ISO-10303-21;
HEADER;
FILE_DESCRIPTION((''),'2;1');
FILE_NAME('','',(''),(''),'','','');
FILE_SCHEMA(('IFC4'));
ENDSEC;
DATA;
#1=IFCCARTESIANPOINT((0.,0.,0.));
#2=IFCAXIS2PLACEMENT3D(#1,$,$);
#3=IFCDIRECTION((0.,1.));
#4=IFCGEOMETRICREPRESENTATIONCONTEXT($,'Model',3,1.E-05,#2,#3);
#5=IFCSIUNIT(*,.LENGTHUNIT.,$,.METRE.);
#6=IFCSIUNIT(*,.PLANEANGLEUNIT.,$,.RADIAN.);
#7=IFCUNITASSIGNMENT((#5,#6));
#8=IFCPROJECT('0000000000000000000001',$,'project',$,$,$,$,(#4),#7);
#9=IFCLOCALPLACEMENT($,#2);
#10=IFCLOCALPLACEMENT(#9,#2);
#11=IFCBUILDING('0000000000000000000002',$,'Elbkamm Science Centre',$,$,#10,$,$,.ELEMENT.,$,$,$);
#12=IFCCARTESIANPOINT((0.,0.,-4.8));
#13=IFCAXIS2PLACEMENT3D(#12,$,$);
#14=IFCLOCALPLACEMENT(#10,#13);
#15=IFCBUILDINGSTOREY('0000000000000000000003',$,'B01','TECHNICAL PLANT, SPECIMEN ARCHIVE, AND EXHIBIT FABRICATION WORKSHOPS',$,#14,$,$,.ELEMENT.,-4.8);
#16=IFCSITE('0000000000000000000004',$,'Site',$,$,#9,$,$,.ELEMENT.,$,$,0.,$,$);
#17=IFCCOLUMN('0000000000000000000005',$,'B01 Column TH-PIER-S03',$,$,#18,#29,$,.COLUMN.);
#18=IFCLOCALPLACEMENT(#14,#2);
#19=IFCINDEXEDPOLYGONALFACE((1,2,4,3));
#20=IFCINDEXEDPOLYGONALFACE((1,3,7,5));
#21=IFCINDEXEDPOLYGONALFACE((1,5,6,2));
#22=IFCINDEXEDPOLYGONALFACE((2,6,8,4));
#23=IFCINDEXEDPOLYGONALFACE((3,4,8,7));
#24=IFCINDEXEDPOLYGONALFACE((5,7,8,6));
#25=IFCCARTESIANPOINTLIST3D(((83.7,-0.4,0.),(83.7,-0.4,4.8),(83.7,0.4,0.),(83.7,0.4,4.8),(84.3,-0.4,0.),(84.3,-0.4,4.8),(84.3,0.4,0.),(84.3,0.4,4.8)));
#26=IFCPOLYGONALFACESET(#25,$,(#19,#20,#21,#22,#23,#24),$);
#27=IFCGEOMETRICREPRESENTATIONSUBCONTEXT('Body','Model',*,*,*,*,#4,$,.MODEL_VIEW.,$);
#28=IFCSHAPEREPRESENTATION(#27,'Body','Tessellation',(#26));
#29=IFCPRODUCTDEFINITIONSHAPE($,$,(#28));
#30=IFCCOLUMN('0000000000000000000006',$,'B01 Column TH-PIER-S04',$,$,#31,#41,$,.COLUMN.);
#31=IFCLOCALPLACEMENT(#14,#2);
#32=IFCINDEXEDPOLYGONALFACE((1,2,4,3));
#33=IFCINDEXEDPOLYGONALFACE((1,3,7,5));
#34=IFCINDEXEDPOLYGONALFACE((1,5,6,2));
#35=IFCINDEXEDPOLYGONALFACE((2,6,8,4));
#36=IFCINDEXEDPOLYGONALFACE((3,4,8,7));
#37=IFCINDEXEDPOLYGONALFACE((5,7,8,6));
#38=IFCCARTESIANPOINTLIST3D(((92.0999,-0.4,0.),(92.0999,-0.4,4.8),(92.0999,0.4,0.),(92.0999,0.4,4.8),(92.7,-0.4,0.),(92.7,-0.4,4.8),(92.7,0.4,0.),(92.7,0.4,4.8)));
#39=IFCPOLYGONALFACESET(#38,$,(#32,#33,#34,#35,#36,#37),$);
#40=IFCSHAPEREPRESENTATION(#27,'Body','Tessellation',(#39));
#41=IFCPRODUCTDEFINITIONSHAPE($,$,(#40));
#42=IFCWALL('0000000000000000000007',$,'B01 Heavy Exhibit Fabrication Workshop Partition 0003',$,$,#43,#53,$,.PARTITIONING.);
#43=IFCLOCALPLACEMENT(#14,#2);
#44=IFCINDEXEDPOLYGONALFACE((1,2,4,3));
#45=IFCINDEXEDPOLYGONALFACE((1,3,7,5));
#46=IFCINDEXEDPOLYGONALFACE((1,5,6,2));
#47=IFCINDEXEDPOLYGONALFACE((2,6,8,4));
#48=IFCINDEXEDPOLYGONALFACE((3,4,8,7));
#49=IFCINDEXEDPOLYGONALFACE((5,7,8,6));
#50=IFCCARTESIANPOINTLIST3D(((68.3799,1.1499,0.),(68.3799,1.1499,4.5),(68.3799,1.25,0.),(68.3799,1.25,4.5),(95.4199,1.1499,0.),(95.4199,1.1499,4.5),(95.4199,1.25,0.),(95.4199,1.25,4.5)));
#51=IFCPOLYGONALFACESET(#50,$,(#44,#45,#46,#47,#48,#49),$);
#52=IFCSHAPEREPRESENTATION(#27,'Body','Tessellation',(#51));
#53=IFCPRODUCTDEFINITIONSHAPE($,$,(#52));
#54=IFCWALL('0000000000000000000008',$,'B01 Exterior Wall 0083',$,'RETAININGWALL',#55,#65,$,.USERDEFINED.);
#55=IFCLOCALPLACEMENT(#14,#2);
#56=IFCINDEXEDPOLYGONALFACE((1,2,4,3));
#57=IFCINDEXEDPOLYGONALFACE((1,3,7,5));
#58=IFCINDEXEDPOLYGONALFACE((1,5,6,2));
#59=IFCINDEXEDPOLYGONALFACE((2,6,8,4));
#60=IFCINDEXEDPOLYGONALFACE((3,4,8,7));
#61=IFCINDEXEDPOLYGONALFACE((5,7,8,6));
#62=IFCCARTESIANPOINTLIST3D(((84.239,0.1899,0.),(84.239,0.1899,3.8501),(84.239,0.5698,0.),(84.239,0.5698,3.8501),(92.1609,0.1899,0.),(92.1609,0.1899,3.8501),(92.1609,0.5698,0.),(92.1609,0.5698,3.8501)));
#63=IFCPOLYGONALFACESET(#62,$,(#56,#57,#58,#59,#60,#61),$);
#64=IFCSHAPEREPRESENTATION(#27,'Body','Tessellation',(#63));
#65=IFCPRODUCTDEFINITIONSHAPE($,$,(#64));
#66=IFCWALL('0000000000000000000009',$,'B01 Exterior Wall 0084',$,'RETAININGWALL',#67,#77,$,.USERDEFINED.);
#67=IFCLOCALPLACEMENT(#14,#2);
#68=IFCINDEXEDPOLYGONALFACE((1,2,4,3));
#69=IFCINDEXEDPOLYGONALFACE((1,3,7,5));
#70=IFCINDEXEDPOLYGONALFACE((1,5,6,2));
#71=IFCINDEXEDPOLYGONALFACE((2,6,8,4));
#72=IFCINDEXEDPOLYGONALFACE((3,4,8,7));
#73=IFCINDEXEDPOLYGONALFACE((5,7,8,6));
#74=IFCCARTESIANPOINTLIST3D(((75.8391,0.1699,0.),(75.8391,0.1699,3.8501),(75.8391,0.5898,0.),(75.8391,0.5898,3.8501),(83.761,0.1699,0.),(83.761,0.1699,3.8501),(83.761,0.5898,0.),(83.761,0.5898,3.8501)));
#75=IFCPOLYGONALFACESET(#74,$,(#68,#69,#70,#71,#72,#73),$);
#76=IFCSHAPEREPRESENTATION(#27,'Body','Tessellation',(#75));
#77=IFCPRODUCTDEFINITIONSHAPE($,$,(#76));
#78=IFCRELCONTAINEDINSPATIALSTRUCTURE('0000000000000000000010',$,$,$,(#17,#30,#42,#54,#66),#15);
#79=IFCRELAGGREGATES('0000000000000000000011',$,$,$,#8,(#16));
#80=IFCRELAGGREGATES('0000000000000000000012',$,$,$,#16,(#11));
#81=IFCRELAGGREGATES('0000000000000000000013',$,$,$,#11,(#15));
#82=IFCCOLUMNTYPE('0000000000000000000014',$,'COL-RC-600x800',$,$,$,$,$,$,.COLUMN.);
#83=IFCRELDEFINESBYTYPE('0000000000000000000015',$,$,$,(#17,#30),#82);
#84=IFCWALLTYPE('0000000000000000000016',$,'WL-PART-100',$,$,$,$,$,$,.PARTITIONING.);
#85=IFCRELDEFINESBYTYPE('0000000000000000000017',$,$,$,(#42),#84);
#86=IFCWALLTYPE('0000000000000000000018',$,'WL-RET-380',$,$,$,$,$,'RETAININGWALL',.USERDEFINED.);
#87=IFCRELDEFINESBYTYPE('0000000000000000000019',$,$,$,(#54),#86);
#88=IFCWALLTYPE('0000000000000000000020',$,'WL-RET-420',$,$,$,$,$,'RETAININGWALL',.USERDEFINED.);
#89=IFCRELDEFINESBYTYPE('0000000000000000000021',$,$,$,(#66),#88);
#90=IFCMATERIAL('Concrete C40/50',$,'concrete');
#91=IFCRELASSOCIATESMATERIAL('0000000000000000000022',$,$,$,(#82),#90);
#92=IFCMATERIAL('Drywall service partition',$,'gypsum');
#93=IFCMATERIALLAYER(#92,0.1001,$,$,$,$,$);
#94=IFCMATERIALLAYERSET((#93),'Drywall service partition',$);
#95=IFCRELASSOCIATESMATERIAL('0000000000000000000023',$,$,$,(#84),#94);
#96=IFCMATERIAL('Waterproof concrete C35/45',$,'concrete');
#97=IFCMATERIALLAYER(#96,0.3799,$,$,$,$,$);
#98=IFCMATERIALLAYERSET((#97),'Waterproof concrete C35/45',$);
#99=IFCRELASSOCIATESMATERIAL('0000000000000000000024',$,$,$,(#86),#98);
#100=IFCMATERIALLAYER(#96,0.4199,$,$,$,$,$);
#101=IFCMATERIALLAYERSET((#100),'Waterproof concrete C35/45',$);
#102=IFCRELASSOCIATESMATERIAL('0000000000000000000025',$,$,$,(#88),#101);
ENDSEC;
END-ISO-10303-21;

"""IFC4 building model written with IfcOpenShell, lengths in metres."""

from ifc_helpers import new_model, si_unit, direction, frame, frame_2d, origin, origin_2d, place, context, subcontext, project, spatial, rectangle, extrude, material, layer, layer_set, material_profile, profile_set, type_object, element, save


model = new_model("IFC4")

# Units and contexts
model_context = context("Model", 3, precision=1e-05, world=origin(), true_north=direction((0.0, 1.0)))
body_context = subcontext(model_context, "Body", "Model", "MODEL_VIEW")
ifc_project = project(units=[si_unit("LENGTHUNIT", "METRE"), si_unit("PLANEANGLEUNIT", "RADIAN")], contexts=[model_context])

# Site, building, storey
site_placement = place(None, origin())
site = spatial("IfcSite", under=ifc_project, at=site_placement, Name="Site", CompositionType="ELEMENT", RefElevation=0.0)
building_placement = place(site_placement, origin())
building = spatial("IfcBuilding", under=site, at=building_placement, Name="Elbkamm Science Centre", CompositionType="ELEMENT")
storey_placement = place(building_placement, frame((0.0, 0.0, -4.8)))
storey = spatial("IfcBuildingStorey", under=building, at=storey_placement, Name="B01", Description="TECHNICAL PLANT, SPECIMEN ARCHIVE, AND EXHIBIT FABRICATION WORKSHOPS", CompositionType="ELEMENT", Elevation=-4.8)

# Columns
ifc_material_1 = material(Name="Concrete C40/50", Category="concrete")
ifc_material_profile_1 = material_profile(ifc_material_1, rectangle(XDim=0.6001, YDim=0.8, at=origin_2d()), Name="RC 600x800")
ifc_profile_set_1 = profile_set([ifc_material_profile_1], Name="Concrete C40/50")
column_type_1 = type_object("IfcColumnType", Name="COL-RC-600x800", PredefinedType="COLUMN", material=ifc_profile_set_1)
for number, where, z_axis, x_axis, name in (
    (1, (84.0, 0.0, 0.0), (0.0, 0.0, 1.0), (1.0, 0.0, 0.0), "B01 Column TH-PIER-S03"),
    (2, (92.3999, 0.0, 0.0), (0.0, 0.0, 1.0), (1.0, 0.0, 0.0), "B01 Column TH-PIER-S04"),
):
    element("IfcColumn", number, at=place(storey_placement, frame(where, z_axis=z_axis, x_axis=x_axis)), inside=storey, type_object=column_type_1, Name=name, PredefinedType="COLUMN", context=body_context, shape_type="SweptSolid", body=[
        extrude(rectangle(XDim=0.6001, YDim=0.8, at=origin_2d()), origin(), (0.0, 0.0, 1.0), 4.8),
    ])

# Walls
ifc_material_2 = material(Name="Drywall service partition", Category="gypsum")
ifc_layer_1 = layer(ifc_material_2, 0.1001)
ifc_layer_set_1 = layer_set([ifc_layer_1], Name="Drywall service partition")
wall_type_1 = type_object("IfcWallType", Name="WL-PART-100", PredefinedType="PARTITIONING", material=ifc_layer_set_1)
wall_1_placement = place(storey_placement, frame((95.4199, 1.2, 0.0), z_axis=(0.0, 0.0, 1.0), x_axis=(-1.0, 0.0, 0.0)))
element("IfcWall", 3, at=wall_1_placement, inside=storey, type_object=wall_type_1, Name="B01 Heavy Exhibit Fabrication Workshop Partition 0003", PredefinedType="PARTITIONING", context=body_context, shape_type="SweptSolid", body=[
    extrude(rectangle(XDim=27.04, YDim=0.1001, at=frame_2d((13.52, 0.0))), origin(), (0.0, 0.0, 1.0), 4.5),
])
ifc_material_3 = material(Name="Waterproof concrete C35/45", Category="concrete")
ifc_layer_2 = layer(ifc_material_3, 0.3799)
ifc_layer_set_2 = layer_set([ifc_layer_2], Name="Waterproof concrete C35/45")
wall_type_2 = type_object("IfcWallType", Name="WL-RET-380", ElementType="RETAININGWALL", PredefinedType="USERDEFINED", material=ifc_layer_set_2)
wall_2_placement = place(storey_placement, frame((92.1609, 0.3799, 0.0), z_axis=(0.0, 0.0, 1.0), x_axis=(-1.0, 0.0, 0.0)))
element("IfcWall", 4, at=wall_2_placement, inside=storey, type_object=wall_type_2, Name="B01 Exterior Wall 0083", ObjectType="RETAININGWALL", PredefinedType="USERDEFINED", context=body_context, shape_type="SweptSolid", body=[
    extrude(rectangle(XDim=7.9219, YDim=0.3799, at=frame_2d((3.9609, 0.0))), origin(), (0.0, 0.0, 1.0), 3.8501),
])
ifc_layer_3 = layer(ifc_material_3, 0.4199)
ifc_layer_set_3 = layer_set([ifc_layer_3], Name="Waterproof concrete C35/45")
wall_type_3 = type_object("IfcWallType", Name="WL-RET-420", ElementType="RETAININGWALL", PredefinedType="USERDEFINED", material=ifc_layer_set_3)
wall_3_placement = place(storey_placement, frame((83.761, 0.3799, 0.0), z_axis=(0.0, 0.0, 1.0), x_axis=(-1.0, 0.0, 0.0)))
element("IfcWall", 5, at=wall_3_placement, inside=storey, type_object=wall_type_3, Name="B01 Exterior Wall 0084", ObjectType="RETAININGWALL", PredefinedType="USERDEFINED", context=body_context, shape_type="SweptSolid", body=[
    extrude(rectangle(XDim=7.9219, YDim=0.4199, at=frame_2d((3.9609, 0.0))), origin(), (0.0, 0.0, 1.0), 3.8501),
])

save(model, "model.ifc")
